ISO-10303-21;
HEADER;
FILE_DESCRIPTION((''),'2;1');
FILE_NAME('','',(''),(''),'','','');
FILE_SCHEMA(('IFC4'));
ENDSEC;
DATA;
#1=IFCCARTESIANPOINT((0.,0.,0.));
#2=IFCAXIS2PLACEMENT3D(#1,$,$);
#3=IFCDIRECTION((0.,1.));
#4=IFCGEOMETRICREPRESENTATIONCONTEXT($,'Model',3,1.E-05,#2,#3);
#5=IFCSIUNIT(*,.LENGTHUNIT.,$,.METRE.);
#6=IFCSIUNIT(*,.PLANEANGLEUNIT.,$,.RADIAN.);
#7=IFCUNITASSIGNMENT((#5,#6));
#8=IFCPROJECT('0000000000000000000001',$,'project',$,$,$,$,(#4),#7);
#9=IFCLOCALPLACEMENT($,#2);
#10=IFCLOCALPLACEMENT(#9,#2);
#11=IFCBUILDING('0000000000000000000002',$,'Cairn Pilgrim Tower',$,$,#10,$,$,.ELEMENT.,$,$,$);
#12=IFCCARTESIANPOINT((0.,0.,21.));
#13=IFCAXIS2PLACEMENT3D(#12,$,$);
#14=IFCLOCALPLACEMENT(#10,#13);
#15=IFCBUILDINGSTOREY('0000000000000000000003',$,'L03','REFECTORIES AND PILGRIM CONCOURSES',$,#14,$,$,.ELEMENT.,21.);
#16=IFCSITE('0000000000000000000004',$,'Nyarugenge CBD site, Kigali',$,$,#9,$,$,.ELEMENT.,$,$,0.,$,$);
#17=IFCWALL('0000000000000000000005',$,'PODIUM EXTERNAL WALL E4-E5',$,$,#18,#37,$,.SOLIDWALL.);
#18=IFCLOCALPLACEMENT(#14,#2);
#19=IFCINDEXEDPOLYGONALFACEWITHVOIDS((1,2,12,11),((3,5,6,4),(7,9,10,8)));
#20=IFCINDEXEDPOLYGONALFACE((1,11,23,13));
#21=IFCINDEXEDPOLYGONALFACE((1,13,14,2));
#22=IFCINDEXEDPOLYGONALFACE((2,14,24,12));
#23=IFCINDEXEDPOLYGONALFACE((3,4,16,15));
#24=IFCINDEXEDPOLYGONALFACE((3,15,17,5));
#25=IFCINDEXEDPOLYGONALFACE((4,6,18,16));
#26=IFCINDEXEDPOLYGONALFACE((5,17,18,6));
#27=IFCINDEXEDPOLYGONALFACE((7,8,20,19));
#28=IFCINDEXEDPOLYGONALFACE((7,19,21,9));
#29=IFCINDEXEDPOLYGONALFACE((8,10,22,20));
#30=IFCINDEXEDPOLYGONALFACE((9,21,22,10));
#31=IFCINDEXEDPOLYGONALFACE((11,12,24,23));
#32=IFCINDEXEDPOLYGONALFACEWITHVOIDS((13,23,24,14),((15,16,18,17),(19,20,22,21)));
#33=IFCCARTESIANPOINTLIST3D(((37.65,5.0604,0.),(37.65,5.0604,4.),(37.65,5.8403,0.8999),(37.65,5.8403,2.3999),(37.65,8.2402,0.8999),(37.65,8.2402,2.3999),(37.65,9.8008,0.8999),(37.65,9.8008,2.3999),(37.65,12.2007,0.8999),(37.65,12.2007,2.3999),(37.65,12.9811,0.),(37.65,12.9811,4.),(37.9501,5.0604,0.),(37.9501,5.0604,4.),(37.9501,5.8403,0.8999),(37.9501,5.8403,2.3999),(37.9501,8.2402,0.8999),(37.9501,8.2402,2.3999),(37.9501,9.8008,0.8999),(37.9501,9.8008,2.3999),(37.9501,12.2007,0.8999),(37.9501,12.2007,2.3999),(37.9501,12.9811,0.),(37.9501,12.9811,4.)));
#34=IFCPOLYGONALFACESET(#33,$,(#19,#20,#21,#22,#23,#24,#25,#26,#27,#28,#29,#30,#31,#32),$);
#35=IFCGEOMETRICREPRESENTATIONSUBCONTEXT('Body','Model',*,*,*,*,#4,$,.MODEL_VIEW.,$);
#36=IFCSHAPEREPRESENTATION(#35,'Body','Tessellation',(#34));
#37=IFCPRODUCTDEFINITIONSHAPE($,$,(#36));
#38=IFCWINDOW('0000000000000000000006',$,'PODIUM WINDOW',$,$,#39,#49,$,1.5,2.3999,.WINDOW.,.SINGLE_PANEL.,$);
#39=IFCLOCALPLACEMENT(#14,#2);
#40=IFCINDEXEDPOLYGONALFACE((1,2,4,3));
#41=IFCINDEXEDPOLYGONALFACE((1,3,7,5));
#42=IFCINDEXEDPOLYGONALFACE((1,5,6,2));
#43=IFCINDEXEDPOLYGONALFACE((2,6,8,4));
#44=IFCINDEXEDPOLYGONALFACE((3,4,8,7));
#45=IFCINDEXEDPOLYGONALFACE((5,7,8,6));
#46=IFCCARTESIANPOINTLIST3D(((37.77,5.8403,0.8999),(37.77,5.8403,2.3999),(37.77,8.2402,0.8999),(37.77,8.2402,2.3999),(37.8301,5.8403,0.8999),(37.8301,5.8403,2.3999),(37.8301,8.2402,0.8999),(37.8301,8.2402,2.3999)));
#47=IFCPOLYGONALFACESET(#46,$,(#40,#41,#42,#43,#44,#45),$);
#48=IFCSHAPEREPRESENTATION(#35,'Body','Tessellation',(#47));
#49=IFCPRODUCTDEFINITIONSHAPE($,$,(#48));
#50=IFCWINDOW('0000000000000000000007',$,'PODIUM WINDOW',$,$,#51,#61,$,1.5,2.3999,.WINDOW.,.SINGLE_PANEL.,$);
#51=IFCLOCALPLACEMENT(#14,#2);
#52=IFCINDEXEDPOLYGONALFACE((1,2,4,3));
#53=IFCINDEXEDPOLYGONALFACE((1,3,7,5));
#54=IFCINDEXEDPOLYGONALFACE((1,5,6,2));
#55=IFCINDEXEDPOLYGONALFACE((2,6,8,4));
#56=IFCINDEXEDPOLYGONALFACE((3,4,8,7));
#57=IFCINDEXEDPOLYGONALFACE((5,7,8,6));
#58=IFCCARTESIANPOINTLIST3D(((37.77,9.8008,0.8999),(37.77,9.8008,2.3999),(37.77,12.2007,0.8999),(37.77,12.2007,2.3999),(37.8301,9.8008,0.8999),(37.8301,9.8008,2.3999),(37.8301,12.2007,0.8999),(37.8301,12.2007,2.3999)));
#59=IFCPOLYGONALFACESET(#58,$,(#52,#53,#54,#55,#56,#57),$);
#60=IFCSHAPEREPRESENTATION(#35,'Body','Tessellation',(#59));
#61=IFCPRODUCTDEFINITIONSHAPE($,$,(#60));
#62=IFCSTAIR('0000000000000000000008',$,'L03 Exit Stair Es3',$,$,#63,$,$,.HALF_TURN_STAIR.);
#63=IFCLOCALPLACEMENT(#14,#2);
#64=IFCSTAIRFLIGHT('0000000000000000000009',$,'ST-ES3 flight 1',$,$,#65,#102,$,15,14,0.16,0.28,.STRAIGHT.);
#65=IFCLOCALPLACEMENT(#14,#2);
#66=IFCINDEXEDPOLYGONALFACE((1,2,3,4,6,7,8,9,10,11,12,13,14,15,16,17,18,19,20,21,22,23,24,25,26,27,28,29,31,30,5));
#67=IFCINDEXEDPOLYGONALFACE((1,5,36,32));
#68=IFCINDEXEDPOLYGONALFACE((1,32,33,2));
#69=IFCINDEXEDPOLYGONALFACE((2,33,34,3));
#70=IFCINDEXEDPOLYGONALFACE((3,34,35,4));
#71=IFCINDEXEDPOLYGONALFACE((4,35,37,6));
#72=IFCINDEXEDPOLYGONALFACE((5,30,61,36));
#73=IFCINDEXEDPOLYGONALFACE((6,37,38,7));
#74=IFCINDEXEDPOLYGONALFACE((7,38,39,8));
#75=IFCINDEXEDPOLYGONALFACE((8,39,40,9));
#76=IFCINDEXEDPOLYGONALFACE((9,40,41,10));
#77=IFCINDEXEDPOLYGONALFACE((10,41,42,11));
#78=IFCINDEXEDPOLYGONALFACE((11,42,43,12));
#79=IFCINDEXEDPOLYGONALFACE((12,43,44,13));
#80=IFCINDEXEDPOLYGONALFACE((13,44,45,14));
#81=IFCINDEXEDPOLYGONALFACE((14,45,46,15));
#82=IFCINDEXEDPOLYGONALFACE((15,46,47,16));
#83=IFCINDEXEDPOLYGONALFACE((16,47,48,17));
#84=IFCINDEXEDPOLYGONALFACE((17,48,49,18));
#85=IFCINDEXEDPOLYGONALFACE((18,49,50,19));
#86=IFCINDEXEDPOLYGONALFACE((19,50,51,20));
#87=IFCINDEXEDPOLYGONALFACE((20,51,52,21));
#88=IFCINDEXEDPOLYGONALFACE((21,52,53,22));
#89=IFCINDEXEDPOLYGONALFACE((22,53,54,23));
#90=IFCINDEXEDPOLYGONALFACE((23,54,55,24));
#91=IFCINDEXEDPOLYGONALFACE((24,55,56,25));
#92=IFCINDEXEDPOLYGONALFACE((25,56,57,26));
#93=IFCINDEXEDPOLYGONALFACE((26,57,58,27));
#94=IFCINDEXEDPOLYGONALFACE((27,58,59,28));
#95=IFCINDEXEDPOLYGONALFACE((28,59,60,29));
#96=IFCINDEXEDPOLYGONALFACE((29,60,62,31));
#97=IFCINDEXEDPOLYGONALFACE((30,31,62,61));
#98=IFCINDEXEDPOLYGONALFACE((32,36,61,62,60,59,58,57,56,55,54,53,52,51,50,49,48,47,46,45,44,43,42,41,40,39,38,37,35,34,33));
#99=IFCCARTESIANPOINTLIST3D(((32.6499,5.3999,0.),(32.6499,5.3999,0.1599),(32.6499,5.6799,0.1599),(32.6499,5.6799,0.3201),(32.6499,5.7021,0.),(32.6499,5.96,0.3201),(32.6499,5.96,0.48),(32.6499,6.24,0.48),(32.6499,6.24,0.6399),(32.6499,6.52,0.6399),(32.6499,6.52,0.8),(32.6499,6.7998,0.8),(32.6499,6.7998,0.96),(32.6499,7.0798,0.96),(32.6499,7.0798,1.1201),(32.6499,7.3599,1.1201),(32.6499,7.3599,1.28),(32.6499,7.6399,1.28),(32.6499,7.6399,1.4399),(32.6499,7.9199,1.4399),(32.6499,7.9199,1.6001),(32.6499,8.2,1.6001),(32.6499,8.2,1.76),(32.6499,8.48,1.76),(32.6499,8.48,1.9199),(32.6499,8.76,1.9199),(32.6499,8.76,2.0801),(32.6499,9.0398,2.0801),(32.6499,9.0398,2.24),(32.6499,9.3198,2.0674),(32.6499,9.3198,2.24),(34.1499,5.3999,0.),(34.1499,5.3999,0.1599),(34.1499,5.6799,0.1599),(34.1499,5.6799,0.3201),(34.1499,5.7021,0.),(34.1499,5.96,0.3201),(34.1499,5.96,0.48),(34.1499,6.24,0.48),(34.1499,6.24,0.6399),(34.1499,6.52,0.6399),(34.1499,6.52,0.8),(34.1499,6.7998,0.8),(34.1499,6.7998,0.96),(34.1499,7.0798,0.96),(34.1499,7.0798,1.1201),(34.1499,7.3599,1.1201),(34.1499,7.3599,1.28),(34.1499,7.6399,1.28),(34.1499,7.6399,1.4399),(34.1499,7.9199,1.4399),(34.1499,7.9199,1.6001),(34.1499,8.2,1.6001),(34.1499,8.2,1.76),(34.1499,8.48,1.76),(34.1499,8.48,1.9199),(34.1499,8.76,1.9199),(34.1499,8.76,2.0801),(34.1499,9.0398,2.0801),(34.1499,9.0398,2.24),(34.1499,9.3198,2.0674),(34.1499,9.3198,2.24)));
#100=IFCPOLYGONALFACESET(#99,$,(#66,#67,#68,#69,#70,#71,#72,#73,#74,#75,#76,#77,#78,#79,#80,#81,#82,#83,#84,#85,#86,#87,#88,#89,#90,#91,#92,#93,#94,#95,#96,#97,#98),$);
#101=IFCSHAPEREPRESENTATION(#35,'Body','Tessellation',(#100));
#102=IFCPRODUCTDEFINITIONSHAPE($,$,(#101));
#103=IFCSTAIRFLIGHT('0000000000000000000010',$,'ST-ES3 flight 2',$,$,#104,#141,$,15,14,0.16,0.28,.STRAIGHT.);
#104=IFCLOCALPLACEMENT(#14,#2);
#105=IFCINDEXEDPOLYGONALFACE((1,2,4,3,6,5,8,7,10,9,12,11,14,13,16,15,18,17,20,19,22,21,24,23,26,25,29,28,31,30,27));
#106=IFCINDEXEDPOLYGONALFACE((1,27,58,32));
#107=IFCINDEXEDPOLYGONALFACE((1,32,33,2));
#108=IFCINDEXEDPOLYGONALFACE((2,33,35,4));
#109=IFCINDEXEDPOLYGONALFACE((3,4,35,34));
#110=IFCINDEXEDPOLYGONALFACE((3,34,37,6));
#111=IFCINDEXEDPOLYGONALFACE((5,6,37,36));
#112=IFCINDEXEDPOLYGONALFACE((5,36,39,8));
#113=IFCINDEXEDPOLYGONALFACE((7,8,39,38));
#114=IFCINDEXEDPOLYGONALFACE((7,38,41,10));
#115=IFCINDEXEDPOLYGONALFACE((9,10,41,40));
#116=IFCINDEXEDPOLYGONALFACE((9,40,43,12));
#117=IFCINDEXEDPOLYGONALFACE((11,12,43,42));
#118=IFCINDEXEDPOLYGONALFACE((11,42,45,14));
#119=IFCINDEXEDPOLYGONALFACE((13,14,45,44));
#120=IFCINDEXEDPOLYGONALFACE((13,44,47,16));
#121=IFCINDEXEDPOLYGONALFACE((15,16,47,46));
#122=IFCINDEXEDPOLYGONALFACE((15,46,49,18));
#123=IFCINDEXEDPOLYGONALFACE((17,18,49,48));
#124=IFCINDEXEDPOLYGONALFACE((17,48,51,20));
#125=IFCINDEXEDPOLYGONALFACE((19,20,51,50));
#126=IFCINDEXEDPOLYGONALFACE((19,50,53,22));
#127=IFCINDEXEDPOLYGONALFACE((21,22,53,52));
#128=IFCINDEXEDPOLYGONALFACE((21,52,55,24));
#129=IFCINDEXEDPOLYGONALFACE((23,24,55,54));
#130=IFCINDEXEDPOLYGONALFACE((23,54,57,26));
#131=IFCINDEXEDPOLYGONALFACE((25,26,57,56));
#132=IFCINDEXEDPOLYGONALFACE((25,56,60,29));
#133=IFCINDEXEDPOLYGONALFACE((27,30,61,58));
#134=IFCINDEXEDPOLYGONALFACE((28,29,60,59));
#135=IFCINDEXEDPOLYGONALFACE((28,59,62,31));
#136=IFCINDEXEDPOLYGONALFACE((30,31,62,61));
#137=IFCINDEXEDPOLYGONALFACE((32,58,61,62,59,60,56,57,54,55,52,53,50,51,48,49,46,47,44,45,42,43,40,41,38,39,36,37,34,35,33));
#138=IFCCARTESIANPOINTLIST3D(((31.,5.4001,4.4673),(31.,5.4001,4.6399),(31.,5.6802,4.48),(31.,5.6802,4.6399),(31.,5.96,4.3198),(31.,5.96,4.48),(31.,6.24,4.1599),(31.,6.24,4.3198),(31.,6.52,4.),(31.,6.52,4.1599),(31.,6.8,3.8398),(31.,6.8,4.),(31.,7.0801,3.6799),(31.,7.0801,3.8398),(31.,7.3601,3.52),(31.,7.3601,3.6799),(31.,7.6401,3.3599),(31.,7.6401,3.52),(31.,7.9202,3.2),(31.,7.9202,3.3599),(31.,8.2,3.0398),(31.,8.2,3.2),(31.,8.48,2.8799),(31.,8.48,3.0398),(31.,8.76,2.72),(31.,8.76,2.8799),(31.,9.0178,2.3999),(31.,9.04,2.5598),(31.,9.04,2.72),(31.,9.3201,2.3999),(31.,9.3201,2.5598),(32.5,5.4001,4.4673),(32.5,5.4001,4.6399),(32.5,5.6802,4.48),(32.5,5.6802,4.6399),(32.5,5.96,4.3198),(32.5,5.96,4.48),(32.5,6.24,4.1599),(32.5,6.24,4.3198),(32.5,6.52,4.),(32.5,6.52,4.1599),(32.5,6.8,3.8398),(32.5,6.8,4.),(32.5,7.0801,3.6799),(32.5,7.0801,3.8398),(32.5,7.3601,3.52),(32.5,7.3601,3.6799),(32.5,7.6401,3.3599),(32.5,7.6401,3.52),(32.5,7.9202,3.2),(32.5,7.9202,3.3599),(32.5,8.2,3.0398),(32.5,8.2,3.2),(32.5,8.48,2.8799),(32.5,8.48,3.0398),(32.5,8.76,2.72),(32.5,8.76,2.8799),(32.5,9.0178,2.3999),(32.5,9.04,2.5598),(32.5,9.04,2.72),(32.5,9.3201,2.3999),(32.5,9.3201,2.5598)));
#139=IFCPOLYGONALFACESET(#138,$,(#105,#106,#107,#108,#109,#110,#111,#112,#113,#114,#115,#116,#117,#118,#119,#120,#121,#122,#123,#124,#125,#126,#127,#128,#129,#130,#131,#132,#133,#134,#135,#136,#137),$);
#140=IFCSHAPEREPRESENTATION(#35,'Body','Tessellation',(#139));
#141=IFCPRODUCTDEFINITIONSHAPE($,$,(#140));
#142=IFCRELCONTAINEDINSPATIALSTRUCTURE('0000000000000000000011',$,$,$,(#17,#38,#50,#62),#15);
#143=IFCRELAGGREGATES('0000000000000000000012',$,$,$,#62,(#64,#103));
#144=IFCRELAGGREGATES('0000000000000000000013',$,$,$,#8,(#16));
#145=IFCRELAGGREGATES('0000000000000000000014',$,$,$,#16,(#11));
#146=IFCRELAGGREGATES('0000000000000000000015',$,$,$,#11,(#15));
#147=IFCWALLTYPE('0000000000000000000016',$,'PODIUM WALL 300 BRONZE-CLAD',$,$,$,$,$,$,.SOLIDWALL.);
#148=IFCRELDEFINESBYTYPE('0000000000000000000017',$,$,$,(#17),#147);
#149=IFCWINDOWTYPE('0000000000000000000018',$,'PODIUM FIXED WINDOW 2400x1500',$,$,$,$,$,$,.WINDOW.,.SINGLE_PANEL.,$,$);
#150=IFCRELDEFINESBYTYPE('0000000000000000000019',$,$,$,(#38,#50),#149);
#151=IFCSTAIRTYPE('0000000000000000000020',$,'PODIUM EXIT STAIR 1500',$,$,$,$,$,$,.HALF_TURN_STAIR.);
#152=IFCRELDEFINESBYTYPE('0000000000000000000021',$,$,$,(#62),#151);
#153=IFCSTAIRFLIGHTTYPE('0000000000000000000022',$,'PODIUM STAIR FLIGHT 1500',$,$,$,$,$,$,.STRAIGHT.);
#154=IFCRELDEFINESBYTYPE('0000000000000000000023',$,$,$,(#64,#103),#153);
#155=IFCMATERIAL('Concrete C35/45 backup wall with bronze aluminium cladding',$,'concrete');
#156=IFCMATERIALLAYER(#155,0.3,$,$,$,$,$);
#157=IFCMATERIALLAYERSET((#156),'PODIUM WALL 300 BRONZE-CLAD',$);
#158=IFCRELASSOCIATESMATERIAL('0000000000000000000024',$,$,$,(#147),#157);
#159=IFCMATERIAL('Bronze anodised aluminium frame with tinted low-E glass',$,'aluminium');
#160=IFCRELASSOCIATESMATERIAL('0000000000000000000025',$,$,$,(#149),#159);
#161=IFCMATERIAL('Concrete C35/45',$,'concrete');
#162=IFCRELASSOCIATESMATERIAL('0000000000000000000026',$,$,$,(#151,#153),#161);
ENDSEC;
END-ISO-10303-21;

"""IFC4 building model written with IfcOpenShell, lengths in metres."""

from ifc_helpers import new_model, si_unit, direction, frame, frame_2d, origin, place, context, subcontext, project, spatial, polyline, rectangle, outline, extrude, material, layer, layer_set, type_object, element, fill, aggregate, save


model = new_model("IFC4")

# Units and contexts
model_context = context("Model", 3, precision=1e-05, world=origin(), true_north=direction((0.0, 1.0)))
body_context = subcontext(model_context, "Body", "Model", "MODEL_VIEW")
ifc_project = project(units=[si_unit("LENGTHUNIT", "METRE"), si_unit("PLANEANGLEUNIT", "RADIAN")], contexts=[model_context])

# Site, building, storey
site_placement = place(None, origin())
site = spatial("IfcSite", under=ifc_project, at=site_placement, Name="Nyarugenge CBD site, Kigali", CompositionType="ELEMENT", RefElevation=0.0)
building_placement = place(site_placement, origin())
building = spatial("IfcBuilding", under=site, at=building_placement, Name="Cairn Pilgrim Tower", CompositionType="ELEMENT")
storey_placement = place(building_placement, frame((0.0, 0.0, 21.0)))
storey = spatial("IfcBuildingStorey", under=building, at=storey_placement, Name="L03", Description="REFECTORIES AND PILGRIM CONCOURSES", CompositionType="ELEMENT", Elevation=21.0)

# Shared definitions
ifc_material_1 = material(Name="Concrete C35/45", Category="concrete")

# Wall, openings, windows
ifc_material_2 = material(Name="Concrete C35/45 backup wall with bronze aluminium cladding", Category="concrete")
ifc_layer_1 = layer(ifc_material_2, 0.3)
ifc_layer_set_1 = layer_set([ifc_layer_1], Name="PODIUM WALL 300 BRONZE-CLAD")
wall_type_1 = type_object("IfcWallType", Name="PODIUM WALL 300 BRONZE-CLAD", PredefinedType="SOLIDWALL", material=ifc_layer_set_1)
wall_1_placement = place(storey_placement, frame((37.8, 5.0603, 0.0), z_axis=(0.0, 0.0, 1.0), x_axis=(0.0, 1.0, 0.0)))
wall_1 = element("IfcWall", 1, at=wall_1_placement, inside=storey, type_object=wall_type_1, Name="PODIUM EXTERNAL WALL E4-E5", PredefinedType="SOLIDWALL", context=body_context, shape_type="SweptSolid", body=[
    extrude(rectangle(XDim=7.9207, YDim=0.3, at=frame_2d((3.9604, 0.0))), origin(), (0.0, 0.0, 1.0), 4.0),
])
opening_1_placement = place(wall_1_placement, frame((0.78, 0.0, 0.8999)))
opening_1 = element("IfcOpeningElement", 2, at=opening_1_placement, cuts=wall_1, PredefinedType="OPENING", context=body_context, shape_type="SweptSolid", body=[
    extrude(rectangle(XDim=2.3999, YDim=1.5, at=frame_2d((1.2, 0.75))), frame((0.0, 0.1602, 0.0), z_axis=(0.0, -1.0, 0.0), x_axis=(1.0, 0.0, 0.0)), (0.0, 0.0, 1.0), 0.3201),
])
opening_2_placement = place(wall_1_placement, frame((4.7405, 0.0, 0.8999)))
opening_2 = element("IfcOpeningElement", 3, at=opening_2_placement, cuts=wall_1, PredefinedType="OPENING", context=body_context, shape_type="SweptSolid", body=[
    extrude(rectangle(XDim=2.3999, YDim=1.5, at=frame_2d((1.2, 0.75))), frame((0.0, 0.1602, 0.0), z_axis=(0.0, -1.0, 0.0), x_axis=(1.0, 0.0, 0.0)), (0.0, 0.0, 1.0), 0.3201),
])
ifc_material_3 = material(Name="Bronze anodised aluminium frame with tinted low-E glass", Category="aluminium")
window_type = type_object("IfcWindowType", Name="PODIUM FIXED WINDOW 2400x1500", PartitioningType="SINGLE_PANEL", PredefinedType="WINDOW", material=ifc_material_3)
window_1_placement = place(opening_1_placement, origin())
window_1 = element("IfcWindow", 4, at=window_1_placement, inside=storey, type_object=window_type, Name="PODIUM WINDOW", OverallHeight=1.5, OverallWidth=2.3999, PartitioningType="SINGLE_PANEL", PredefinedType="WINDOW", context=body_context, shape_type="SweptSolid", body=[
    extrude(rectangle(XDim=2.3999, YDim=1.5, at=frame_2d((1.2, 0.75))), frame((0.0, 0.03, 0.0), z_axis=(0.0, -1.0, 0.0), x_axis=(1.0, 0.0, 0.0)), (0.0, 0.0, 1.0), 0.0601),
])
fill(opening_1, window_1)
window_2_placement = place(opening_2_placement, origin())
window_2 = element("IfcWindow", 5, at=window_2_placement, inside=storey, type_object=window_type, Name="PODIUM WINDOW", OverallHeight=1.5, OverallWidth=2.3999, PartitioningType="SINGLE_PANEL", PredefinedType="WINDOW", context=body_context, shape_type="SweptSolid", body=[
    extrude(rectangle(XDim=2.3999, YDim=1.5, at=frame_2d((1.2, 0.75))), frame((0.0, 0.03, 0.0), z_axis=(0.0, -1.0, 0.0), x_axis=(1.0, 0.0, 0.0)), (0.0, 0.0, 1.0), 0.0601),
])
fill(opening_2, window_2)

# Stair, stair flights
stair_type = type_object("IfcStairType", Name="PODIUM EXIT STAIR 1500", PredefinedType="HALF_TURN_STAIR", material=ifc_material_1)
stair_placement = place(storey_placement, origin())
stair = element("IfcStair", 6, at=stair_placement, inside=storey, type_object=stair_type, Name="L03 Exit Stair Es3", PredefinedType="HALF_TURN_STAIR")
stair_flight_type = type_object("IfcStairFlightType", Name="PODIUM STAIR FLIGHT 1500", PredefinedType="STRAIGHT", material=ifc_material_1)
stair_flight_1_placement = place(storey_placement, frame((33.3999, 5.3999, 0.0), z_axis=(0.0, 0.0, 1.0), x_axis=(0.0, 1.0, 0.0)))
stair_flight_1 = element("IfcStairFlight", 7, at=stair_flight_1_placement, type_object=stair_flight_type, Name="ST-ES3 flight 1", NumberOfRisers=15, NumberOfTreads=14, PredefinedType="STRAIGHT", RiserHeight=0.16, TreadLength=0.28, context=body_context, shape_type="SweptSolid", body=[
    extrude(outline(polyline([(0.0, 0.0), (0.0, 0.1599), (0.28, 0.1599), (0.28, 0.3201), (0.5601, 0.3201), (0.5601, 0.48), (0.8401, 0.48), (0.8401, 0.6399), (1.1201, 0.6399), (1.1201, 0.8), (1.3999, 0.8), (1.3999, 0.96), (1.6799, 0.96), (1.6799, 1.1201), (1.96, 1.1201), (1.96, 1.28), (2.24, 1.28), (2.24, 1.4399), (2.52, 1.4399), (2.52, 1.6001), (2.8, 1.6001), (2.8, 1.76), (3.0801, 1.76), (3.0801, 1.9199), (3.3601, 1.9199), (3.3601, 2.0801), (3.6399, 2.0801), (3.6399, 2.24), (3.9199, 2.24), (3.9199, 2.3999), (3.9199, 2.0674), (0.3022, 0.0), (0.0, 0.0)])), frame((0.0, 0.75, 0.0), z_axis=(0.0, -1.0, 0.0), x_axis=(1.0, 0.0, 0.0)), (0.0, 0.0, 1.0), 1.5),
])
stair_flight_2_placement = place(storey_placement, frame((31.75, 9.3201, 2.3999), z_axis=(0.0, 0.0, 1.0), x_axis=(0.0, -1.0, 0.0)))
stair_flight_2 = element("IfcStairFlight", 8, at=stair_flight_2_placement, type_object=stair_flight_type, Name="ST-ES3 flight 2", NumberOfRisers=15, NumberOfTreads=14, PredefinedType="STRAIGHT", RiserHeight=0.16, TreadLength=0.28, context=body_context, shape_type="SweptSolid", body=[
    extrude(outline(polyline([(0.0, 0.0), (0.0, 0.1599), (0.28, 0.1599), (0.28, 0.3201), (0.5601, 0.3201), (0.5601, 0.48), (0.8401, 0.48), (0.8401, 0.6399), (1.1201, 0.6399), (1.1201, 0.8), (1.3999, 0.8), (1.3999, 0.96), (1.6799, 0.96), (1.6799, 1.1201), (1.96, 1.1201), (1.96, 1.28), (2.24, 1.28), (2.24, 1.4399), (2.52, 1.4399), (2.52, 1.6001), (2.8, 1.6001), (2.8, 1.76), (3.0801, 1.76), (3.0801, 1.9199), (3.3601, 1.9199), (3.3601, 2.0801), (3.6399, 2.0801), (3.6399, 2.24), (3.9199, 2.24), (3.9199, 2.3999), (3.9199, 2.0674), (0.3022, 0.0), (0.0, 0.0)])), frame((0.0, 0.75, 0.0), z_axis=(0.0, -1.0, 0.0), x_axis=(1.0, 0.0, 0.0)), (0.0, 0.0, 1.0), 1.5),
])
aggregate(stair, [stair_flight_1, stair_flight_2])

save(model, "model.ifc")
